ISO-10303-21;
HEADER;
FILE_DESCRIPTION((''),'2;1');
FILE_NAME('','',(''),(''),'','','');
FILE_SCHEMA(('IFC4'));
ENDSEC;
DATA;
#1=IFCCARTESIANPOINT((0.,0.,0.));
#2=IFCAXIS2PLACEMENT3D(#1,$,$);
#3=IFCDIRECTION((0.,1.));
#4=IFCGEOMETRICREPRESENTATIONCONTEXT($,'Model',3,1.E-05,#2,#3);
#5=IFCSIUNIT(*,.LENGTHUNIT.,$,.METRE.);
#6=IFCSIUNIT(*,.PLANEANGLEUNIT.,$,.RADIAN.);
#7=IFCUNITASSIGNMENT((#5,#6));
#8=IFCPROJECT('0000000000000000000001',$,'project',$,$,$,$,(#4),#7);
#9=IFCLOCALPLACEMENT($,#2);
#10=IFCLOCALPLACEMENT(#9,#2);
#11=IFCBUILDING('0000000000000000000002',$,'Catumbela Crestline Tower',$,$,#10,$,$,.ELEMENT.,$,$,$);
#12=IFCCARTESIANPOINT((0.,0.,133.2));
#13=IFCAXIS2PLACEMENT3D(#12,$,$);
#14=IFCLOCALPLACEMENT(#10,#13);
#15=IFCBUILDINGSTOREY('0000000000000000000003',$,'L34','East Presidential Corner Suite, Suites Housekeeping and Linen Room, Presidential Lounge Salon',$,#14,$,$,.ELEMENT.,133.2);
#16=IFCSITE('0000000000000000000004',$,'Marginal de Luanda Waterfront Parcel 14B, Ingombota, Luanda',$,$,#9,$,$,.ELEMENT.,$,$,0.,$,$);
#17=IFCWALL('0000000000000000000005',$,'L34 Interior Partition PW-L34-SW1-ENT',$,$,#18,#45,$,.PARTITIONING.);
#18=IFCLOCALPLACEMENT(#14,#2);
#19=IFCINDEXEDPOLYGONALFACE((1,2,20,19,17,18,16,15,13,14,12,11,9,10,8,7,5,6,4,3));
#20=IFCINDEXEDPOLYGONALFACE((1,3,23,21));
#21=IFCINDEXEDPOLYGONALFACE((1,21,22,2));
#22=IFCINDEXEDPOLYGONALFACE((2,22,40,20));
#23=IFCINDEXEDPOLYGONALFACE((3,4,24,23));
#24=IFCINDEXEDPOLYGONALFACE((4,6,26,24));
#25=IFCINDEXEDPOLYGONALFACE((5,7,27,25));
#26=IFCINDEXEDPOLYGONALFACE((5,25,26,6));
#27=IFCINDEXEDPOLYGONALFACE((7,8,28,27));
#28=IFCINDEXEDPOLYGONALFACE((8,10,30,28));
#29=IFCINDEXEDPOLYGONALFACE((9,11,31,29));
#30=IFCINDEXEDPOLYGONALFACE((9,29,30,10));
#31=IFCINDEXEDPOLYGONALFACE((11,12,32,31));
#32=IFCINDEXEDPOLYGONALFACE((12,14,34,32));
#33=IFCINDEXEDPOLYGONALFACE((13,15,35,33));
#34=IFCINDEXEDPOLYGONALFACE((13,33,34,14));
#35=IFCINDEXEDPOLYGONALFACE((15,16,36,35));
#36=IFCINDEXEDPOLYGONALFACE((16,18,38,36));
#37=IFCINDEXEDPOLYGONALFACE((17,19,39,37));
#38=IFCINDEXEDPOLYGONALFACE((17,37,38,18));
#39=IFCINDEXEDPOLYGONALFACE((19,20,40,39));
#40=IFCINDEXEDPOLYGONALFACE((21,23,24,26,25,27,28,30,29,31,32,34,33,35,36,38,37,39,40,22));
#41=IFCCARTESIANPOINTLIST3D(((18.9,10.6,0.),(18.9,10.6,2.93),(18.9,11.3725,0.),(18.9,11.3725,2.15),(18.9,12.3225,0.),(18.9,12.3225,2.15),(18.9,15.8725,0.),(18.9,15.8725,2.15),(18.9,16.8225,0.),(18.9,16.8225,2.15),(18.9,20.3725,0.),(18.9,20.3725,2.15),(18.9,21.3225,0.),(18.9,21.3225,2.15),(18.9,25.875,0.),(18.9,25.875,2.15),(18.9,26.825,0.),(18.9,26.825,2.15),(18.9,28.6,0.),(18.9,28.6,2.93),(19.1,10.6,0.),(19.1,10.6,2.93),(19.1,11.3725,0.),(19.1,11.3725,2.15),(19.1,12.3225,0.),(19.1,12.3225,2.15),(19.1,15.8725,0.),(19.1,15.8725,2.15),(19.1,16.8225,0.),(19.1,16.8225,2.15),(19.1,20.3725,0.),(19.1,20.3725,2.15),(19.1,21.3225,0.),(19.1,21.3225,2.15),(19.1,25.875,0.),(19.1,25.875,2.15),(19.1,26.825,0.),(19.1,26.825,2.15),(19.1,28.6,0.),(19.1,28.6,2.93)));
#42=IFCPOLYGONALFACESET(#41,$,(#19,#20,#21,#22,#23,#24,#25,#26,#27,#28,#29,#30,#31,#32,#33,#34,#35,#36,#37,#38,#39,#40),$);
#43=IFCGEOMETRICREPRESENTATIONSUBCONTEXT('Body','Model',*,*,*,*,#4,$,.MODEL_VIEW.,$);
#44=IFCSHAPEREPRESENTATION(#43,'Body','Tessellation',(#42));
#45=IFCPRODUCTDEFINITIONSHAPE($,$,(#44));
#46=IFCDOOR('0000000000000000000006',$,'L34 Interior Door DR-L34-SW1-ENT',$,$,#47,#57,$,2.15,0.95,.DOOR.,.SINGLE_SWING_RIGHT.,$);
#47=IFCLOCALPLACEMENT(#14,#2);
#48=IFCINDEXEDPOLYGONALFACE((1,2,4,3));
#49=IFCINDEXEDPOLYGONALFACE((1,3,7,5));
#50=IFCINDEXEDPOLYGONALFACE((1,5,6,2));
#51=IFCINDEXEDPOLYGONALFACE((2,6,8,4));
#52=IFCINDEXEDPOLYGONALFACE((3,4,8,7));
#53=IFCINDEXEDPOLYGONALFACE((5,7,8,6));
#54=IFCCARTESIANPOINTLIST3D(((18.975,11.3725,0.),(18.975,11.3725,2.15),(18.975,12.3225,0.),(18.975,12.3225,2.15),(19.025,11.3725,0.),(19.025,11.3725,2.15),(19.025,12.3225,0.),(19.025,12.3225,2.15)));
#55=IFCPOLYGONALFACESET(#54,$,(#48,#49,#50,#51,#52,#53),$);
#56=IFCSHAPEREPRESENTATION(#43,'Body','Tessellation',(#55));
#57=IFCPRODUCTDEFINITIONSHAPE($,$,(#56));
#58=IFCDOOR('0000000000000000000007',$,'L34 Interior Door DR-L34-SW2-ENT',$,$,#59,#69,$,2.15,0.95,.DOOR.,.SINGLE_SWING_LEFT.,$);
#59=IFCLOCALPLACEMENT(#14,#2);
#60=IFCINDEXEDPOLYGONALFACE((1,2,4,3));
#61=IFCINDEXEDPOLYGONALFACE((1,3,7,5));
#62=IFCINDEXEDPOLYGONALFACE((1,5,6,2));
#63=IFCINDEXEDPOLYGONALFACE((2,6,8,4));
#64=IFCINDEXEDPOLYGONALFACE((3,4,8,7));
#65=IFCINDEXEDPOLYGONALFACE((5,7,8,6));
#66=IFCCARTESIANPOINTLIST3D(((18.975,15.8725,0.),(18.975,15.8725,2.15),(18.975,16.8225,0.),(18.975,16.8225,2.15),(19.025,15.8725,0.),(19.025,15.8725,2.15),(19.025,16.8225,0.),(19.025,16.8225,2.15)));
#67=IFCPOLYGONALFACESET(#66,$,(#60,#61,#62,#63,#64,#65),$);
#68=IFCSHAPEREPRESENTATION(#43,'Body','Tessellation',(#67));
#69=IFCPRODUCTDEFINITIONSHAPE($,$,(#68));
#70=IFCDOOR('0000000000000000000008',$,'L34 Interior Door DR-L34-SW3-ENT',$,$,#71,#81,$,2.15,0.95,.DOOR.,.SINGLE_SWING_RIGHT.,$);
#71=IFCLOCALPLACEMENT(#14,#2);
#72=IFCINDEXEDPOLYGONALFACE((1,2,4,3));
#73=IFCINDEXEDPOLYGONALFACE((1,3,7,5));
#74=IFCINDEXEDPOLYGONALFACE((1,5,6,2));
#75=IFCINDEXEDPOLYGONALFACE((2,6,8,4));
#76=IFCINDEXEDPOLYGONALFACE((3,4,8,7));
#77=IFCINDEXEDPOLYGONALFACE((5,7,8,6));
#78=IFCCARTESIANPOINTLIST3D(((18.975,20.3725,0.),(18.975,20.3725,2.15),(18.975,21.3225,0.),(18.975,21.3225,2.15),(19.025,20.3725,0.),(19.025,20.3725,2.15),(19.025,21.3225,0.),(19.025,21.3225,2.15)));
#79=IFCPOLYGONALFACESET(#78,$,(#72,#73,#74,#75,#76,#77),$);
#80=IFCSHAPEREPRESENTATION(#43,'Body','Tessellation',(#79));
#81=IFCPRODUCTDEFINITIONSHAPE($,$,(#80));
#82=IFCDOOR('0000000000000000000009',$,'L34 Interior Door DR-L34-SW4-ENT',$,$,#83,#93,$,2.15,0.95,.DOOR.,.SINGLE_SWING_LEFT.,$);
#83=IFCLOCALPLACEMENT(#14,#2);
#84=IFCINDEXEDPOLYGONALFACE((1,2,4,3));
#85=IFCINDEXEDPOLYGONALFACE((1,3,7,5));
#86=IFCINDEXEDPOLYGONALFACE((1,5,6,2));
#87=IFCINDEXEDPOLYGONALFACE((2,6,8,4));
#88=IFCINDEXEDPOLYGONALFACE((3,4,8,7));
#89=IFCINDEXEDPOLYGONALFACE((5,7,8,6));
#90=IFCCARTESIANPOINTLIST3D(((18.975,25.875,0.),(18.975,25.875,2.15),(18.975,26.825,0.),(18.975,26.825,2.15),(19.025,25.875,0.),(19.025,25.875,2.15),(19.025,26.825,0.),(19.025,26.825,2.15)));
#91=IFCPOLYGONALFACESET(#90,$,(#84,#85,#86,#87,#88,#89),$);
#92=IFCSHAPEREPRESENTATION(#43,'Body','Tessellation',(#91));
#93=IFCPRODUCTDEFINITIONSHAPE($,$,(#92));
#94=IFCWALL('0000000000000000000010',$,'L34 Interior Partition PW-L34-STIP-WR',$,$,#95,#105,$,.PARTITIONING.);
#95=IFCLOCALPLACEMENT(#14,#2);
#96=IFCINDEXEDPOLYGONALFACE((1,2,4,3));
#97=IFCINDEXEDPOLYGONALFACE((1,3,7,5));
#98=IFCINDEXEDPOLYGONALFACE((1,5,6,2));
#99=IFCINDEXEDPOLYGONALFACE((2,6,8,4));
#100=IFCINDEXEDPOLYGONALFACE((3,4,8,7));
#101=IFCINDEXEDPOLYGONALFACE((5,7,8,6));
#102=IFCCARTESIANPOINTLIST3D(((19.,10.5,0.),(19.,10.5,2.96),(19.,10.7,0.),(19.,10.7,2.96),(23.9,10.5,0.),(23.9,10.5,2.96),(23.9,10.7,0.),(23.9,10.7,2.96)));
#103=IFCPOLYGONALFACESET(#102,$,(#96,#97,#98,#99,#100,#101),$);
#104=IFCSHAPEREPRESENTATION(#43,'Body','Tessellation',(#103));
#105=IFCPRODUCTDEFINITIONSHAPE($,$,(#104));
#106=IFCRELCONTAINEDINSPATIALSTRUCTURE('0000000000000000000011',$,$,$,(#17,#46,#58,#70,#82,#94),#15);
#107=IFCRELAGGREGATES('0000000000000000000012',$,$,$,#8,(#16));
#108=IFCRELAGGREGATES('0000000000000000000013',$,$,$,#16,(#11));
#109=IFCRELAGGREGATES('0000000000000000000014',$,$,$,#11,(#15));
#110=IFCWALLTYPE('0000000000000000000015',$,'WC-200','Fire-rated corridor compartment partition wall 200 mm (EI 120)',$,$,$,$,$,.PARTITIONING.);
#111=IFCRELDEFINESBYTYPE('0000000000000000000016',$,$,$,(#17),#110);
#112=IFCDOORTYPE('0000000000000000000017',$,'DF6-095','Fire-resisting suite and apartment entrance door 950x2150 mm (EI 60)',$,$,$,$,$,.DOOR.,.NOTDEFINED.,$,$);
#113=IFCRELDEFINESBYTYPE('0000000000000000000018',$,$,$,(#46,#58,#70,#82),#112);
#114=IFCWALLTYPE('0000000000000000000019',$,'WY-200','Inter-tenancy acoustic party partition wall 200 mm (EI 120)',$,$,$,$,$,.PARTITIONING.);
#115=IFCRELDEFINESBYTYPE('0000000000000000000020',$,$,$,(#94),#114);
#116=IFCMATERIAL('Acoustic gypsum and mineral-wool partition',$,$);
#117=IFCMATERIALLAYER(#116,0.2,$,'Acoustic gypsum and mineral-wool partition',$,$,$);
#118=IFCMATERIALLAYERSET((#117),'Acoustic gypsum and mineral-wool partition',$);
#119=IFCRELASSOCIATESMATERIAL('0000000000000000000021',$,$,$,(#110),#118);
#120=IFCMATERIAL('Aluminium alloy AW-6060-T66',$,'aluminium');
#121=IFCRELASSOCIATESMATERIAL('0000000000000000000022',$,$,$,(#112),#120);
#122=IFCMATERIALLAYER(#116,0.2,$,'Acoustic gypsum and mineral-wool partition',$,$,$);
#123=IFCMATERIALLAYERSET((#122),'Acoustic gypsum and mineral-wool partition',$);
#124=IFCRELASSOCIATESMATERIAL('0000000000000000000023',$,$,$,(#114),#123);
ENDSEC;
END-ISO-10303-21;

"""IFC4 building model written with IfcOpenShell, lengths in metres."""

from ifc_helpers import new_model, si_unit, direction, frame, frame_2d, origin, place, context, subcontext, project, spatial, rectangle, extrude, material, layer, layer_set, type_object, element, fill, save


model = new_model("IFC4")

# Units and contexts
model_context = context("Model", 3, precision=1e-05, world=origin(), true_north=direction((0.0, 1.0)))
body_context = subcontext(model_context, "Body", "Model", "MODEL_VIEW")
ifc_project = project(units=[si_unit("LENGTHUNIT", "METRE"), si_unit("PLANEANGLEUNIT", "RADIAN")], contexts=[model_context])

# Site, building, storey
site_placement = place(None, origin())
site = spatial("IfcSite", under=ifc_project, at=site_placement, Name="Marginal de Luanda Waterfront Parcel 14B, Ingombota, Luanda", CompositionType="ELEMENT", RefElevation=0.0)
building_placement = place(site_placement, origin())
building = spatial("IfcBuilding", under=site, at=building_placement, Name="Catumbela Crestline Tower", CompositionType="ELEMENT")
storey_placement = place(building_placement, frame((0.0, 0.0, 133.2)))
storey = spatial("IfcBuildingStorey", under=building, at=storey_placement, Name="L34", Description="East Presidential Corner Suite, Suites Housekeeping and Linen Room, Presidential Lounge Salon", CompositionType="ELEMENT", Elevation=133.2)

# Shared definitions
ifc_material_1 = material(Name="Acoustic gypsum and mineral-wool partition")
ifc_layer_1 = layer(ifc_material_1, 0.2, Name="Acoustic gypsum and mineral-wool partition")
ifc_layer_set_1 = layer_set([ifc_layer_1], Name="Acoustic gypsum and mineral-wool partition")
wall_type_1 = type_object("IfcWallType", Name="WC-200", Description="Fire-rated corridor compartment partition wall 200 mm (EI 120)", PredefinedType="PARTITIONING", material=ifc_layer_set_1)
ifc_material_2 = material(Name="Aluminium alloy AW-6060-T66", Category="aluminium")
door_type = type_object("IfcDoorType", Name="DF6-095", Description="Fire-resisting suite and apartment entrance door 950x2150 mm (EI 60)", OperationType="NOTDEFINED", PredefinedType="DOOR", material=ifc_material_2)

# Wall, openings, doors
wall_1_placement = place(storey_placement, frame((19.0, 10.6, 0.0), z_axis=(0.0, 0.0, 1.0), x_axis=(0.0, 1.0, 0.0)))
wall_1 = element("IfcWall", 1, at=wall_1_placement, inside=storey, type_object=wall_type_1, Name="L34 Interior Partition PW-L34-SW1-ENT", PredefinedType="PARTITIONING", context=body_context, shape_type="SweptSolid", body=[
    extrude(rectangle(XDim=18.0, YDim=0.2, at=frame_2d((9.0, 0.0))), origin(), (0.0, 0.0, 1.0), 2.93),
])
opening_1_placement = place(wall_1_placement, frame((0.7725, 0.0, 0.0)))
opening_1 = element("IfcOpeningElement", 2, at=opening_1_placement, cuts=wall_1, PredefinedType="OPENING", context=body_context, shape_type="SweptSolid", body=[
    extrude(rectangle(XDim=0.95, YDim=2.15, at=frame_2d((0.475, 1.075))), frame((0.0, 0.11, 0.0), z_axis=(0.0, -1.0, 0.0), x_axis=(1.0, 0.0, 0.0)), (0.0, 0.0, 1.0), 0.22),
])
opening_2_placement = place(wall_1_placement, frame((5.2725, 0.0, 0.0)))
opening_2 = element("IfcOpeningElement", 3, at=opening_2_placement, cuts=wall_1, PredefinedType="OPENING", context=body_context, shape_type="SweptSolid", body=[
    extrude(rectangle(XDim=0.95, YDim=2.15, at=frame_2d((0.475, 1.075))), frame((0.0, 0.11, 0.0), z_axis=(0.0, -1.0, 0.0), x_axis=(1.0, 0.0, 0.0)), (0.0, 0.0, 1.0), 0.22),
])
opening_3_placement = place(wall_1_placement, frame((9.7725, 0.0, 0.0)))
opening_3 = element("IfcOpeningElement", 4, at=opening_3_placement, cuts=wall_1, PredefinedType="OPENING", context=body_context, shape_type="SweptSolid", body=[
    extrude(rectangle(XDim=0.95, YDim=2.15, at=frame_2d((0.475, 1.075))), frame((0.0, 0.11, 0.0), z_axis=(0.0, -1.0, 0.0), x_axis=(1.0, 0.0, 0.0)), (0.0, 0.0, 1.0), 0.22),
])
opening_4_placement = place(wall_1_placement, frame((15.275, 0.0, 0.0)))
opening_4 = element("IfcOpeningElement", 5, at=opening_4_placement, cuts=wall_1, PredefinedType="OPENING", context=body_context, shape_type="SweptSolid", body=[
    extrude(rectangle(XDim=0.95, YDim=2.15, at=frame_2d((0.475, 1.075))), frame((0.0, 0.11, 0.0), z_axis=(0.0, -1.0, 0.0), x_axis=(1.0, 0.0, 0.0)), (0.0, 0.0, 1.0), 0.22),
])
door_1_placement = place(opening_1_placement, origin())
door_1 = element("IfcDoor", 6, at=door_1_placement, inside=storey, type_object=door_type, Name="L34 Interior Door DR-L34-SW1-ENT", OperationType="SINGLE_SWING_RIGHT", OverallHeight=2.15, OverallWidth=0.95, PredefinedType="DOOR", context=body_context, shape_type="SweptSolid", body=[
    extrude(rectangle(XDim=0.95, YDim=2.15, at=frame_2d((0.475, 1.075))), frame((0.0, 0.025, 0.0), z_axis=(0.0, -1.0, 0.0), x_axis=(1.0, 0.0, 0.0)), (0.0, 0.0, 1.0), 0.05),
])
fill(opening_1, door_1)
door_2_placement = place(opening_2_placement, origin())
door_2 = element("IfcDoor", 7, at=door_2_placement, inside=storey, type_object=door_type, Name="L34 Interior Door DR-L34-SW2-ENT", OperationType="SINGLE_SWING_LEFT", OverallHeight=2.15, OverallWidth=0.95, PredefinedType="DOOR", context=body_context, shape_type="SweptSolid", body=[
    extrude(rectangle(XDim=0.95, YDim=2.15, at=frame_2d((0.475, 1.075))), frame((0.0, 0.025, 0.0), z_axis=(0.0, -1.0, 0.0), x_axis=(1.0, 0.0, 0.0)), (0.0, 0.0, 1.0), 0.05),
])
fill(opening_2, door_2)
door_3_placement = place(opening_3_placement, origin())
door_3 = element("IfcDoor", 8, at=door_3_placement, inside=storey, type_object=door_type, Name="L34 Interior Door DR-L34-SW3-ENT", OperationType="SINGLE_SWING_RIGHT", OverallHeight=2.15, OverallWidth=0.95, PredefinedType="DOOR", context=body_context, shape_type="SweptSolid", body=[
    extrude(rectangle(XDim=0.95, YDim=2.15, at=frame_2d((0.475, 1.075))), frame((0.0, 0.025, 0.0), z_axis=(0.0, -1.0, 0.0), x_axis=(1.0, 0.0, 0.0)), (0.0, 0.0, 1.0), 0.05),
])
fill(opening_3, door_3)
door_4_placement = place(opening_4_placement, origin())
door_4 = element("IfcDoor", 9, at=door_4_placement, inside=storey, type_object=door_type, Name="L34 Interior Door DR-L34-SW4-ENT", OperationType="SINGLE_SWING_LEFT", OverallHeight=2.15, OverallWidth=0.95, PredefinedType="DOOR", context=body_context, shape_type="SweptSolid", body=[
    extrude(rectangle(XDim=0.95, YDim=2.15, at=frame_2d((0.475, 1.075))), frame((0.0, 0.025, 0.0), z_axis=(0.0, -1.0, 0.0), x_axis=(1.0, 0.0, 0.0)), (0.0, 0.0, 1.0), 0.05),
])
fill(opening_4, door_4)

# Wall
ifc_layer_2 = layer(ifc_material_1, 0.2, Name="Acoustic gypsum and mineral-wool partition")
ifc_layer_set_2 = layer_set([ifc_layer_2], Name="Acoustic gypsum and mineral-wool partition")
wall_type_2 = type_object("IfcWallType", Name="WY-200", Description="Inter-tenancy acoustic party partition wall 200 mm (EI 120)", PredefinedType="PARTITIONING", material=ifc_layer_set_2)
wall_2_placement = place(storey_placement, frame((19.0, 10.6, 0.0), z_axis=(0.0, 0.0, 1.0), x_axis=(1.0, 0.0, 0.0)))
element("IfcWall", 10, at=wall_2_placement, inside=storey, type_object=wall_type_2, Name="L34 Interior Partition PW-L34-STIP-WR", PredefinedType="PARTITIONING", context=body_context, shape_type="SweptSolid", body=[
    extrude(rectangle(XDim=4.9, YDim=0.2, at=frame_2d((2.45, 0.0))), origin(), (0.0, 0.0, 1.0), 2.96),
])

save(model, "model.ifc")
